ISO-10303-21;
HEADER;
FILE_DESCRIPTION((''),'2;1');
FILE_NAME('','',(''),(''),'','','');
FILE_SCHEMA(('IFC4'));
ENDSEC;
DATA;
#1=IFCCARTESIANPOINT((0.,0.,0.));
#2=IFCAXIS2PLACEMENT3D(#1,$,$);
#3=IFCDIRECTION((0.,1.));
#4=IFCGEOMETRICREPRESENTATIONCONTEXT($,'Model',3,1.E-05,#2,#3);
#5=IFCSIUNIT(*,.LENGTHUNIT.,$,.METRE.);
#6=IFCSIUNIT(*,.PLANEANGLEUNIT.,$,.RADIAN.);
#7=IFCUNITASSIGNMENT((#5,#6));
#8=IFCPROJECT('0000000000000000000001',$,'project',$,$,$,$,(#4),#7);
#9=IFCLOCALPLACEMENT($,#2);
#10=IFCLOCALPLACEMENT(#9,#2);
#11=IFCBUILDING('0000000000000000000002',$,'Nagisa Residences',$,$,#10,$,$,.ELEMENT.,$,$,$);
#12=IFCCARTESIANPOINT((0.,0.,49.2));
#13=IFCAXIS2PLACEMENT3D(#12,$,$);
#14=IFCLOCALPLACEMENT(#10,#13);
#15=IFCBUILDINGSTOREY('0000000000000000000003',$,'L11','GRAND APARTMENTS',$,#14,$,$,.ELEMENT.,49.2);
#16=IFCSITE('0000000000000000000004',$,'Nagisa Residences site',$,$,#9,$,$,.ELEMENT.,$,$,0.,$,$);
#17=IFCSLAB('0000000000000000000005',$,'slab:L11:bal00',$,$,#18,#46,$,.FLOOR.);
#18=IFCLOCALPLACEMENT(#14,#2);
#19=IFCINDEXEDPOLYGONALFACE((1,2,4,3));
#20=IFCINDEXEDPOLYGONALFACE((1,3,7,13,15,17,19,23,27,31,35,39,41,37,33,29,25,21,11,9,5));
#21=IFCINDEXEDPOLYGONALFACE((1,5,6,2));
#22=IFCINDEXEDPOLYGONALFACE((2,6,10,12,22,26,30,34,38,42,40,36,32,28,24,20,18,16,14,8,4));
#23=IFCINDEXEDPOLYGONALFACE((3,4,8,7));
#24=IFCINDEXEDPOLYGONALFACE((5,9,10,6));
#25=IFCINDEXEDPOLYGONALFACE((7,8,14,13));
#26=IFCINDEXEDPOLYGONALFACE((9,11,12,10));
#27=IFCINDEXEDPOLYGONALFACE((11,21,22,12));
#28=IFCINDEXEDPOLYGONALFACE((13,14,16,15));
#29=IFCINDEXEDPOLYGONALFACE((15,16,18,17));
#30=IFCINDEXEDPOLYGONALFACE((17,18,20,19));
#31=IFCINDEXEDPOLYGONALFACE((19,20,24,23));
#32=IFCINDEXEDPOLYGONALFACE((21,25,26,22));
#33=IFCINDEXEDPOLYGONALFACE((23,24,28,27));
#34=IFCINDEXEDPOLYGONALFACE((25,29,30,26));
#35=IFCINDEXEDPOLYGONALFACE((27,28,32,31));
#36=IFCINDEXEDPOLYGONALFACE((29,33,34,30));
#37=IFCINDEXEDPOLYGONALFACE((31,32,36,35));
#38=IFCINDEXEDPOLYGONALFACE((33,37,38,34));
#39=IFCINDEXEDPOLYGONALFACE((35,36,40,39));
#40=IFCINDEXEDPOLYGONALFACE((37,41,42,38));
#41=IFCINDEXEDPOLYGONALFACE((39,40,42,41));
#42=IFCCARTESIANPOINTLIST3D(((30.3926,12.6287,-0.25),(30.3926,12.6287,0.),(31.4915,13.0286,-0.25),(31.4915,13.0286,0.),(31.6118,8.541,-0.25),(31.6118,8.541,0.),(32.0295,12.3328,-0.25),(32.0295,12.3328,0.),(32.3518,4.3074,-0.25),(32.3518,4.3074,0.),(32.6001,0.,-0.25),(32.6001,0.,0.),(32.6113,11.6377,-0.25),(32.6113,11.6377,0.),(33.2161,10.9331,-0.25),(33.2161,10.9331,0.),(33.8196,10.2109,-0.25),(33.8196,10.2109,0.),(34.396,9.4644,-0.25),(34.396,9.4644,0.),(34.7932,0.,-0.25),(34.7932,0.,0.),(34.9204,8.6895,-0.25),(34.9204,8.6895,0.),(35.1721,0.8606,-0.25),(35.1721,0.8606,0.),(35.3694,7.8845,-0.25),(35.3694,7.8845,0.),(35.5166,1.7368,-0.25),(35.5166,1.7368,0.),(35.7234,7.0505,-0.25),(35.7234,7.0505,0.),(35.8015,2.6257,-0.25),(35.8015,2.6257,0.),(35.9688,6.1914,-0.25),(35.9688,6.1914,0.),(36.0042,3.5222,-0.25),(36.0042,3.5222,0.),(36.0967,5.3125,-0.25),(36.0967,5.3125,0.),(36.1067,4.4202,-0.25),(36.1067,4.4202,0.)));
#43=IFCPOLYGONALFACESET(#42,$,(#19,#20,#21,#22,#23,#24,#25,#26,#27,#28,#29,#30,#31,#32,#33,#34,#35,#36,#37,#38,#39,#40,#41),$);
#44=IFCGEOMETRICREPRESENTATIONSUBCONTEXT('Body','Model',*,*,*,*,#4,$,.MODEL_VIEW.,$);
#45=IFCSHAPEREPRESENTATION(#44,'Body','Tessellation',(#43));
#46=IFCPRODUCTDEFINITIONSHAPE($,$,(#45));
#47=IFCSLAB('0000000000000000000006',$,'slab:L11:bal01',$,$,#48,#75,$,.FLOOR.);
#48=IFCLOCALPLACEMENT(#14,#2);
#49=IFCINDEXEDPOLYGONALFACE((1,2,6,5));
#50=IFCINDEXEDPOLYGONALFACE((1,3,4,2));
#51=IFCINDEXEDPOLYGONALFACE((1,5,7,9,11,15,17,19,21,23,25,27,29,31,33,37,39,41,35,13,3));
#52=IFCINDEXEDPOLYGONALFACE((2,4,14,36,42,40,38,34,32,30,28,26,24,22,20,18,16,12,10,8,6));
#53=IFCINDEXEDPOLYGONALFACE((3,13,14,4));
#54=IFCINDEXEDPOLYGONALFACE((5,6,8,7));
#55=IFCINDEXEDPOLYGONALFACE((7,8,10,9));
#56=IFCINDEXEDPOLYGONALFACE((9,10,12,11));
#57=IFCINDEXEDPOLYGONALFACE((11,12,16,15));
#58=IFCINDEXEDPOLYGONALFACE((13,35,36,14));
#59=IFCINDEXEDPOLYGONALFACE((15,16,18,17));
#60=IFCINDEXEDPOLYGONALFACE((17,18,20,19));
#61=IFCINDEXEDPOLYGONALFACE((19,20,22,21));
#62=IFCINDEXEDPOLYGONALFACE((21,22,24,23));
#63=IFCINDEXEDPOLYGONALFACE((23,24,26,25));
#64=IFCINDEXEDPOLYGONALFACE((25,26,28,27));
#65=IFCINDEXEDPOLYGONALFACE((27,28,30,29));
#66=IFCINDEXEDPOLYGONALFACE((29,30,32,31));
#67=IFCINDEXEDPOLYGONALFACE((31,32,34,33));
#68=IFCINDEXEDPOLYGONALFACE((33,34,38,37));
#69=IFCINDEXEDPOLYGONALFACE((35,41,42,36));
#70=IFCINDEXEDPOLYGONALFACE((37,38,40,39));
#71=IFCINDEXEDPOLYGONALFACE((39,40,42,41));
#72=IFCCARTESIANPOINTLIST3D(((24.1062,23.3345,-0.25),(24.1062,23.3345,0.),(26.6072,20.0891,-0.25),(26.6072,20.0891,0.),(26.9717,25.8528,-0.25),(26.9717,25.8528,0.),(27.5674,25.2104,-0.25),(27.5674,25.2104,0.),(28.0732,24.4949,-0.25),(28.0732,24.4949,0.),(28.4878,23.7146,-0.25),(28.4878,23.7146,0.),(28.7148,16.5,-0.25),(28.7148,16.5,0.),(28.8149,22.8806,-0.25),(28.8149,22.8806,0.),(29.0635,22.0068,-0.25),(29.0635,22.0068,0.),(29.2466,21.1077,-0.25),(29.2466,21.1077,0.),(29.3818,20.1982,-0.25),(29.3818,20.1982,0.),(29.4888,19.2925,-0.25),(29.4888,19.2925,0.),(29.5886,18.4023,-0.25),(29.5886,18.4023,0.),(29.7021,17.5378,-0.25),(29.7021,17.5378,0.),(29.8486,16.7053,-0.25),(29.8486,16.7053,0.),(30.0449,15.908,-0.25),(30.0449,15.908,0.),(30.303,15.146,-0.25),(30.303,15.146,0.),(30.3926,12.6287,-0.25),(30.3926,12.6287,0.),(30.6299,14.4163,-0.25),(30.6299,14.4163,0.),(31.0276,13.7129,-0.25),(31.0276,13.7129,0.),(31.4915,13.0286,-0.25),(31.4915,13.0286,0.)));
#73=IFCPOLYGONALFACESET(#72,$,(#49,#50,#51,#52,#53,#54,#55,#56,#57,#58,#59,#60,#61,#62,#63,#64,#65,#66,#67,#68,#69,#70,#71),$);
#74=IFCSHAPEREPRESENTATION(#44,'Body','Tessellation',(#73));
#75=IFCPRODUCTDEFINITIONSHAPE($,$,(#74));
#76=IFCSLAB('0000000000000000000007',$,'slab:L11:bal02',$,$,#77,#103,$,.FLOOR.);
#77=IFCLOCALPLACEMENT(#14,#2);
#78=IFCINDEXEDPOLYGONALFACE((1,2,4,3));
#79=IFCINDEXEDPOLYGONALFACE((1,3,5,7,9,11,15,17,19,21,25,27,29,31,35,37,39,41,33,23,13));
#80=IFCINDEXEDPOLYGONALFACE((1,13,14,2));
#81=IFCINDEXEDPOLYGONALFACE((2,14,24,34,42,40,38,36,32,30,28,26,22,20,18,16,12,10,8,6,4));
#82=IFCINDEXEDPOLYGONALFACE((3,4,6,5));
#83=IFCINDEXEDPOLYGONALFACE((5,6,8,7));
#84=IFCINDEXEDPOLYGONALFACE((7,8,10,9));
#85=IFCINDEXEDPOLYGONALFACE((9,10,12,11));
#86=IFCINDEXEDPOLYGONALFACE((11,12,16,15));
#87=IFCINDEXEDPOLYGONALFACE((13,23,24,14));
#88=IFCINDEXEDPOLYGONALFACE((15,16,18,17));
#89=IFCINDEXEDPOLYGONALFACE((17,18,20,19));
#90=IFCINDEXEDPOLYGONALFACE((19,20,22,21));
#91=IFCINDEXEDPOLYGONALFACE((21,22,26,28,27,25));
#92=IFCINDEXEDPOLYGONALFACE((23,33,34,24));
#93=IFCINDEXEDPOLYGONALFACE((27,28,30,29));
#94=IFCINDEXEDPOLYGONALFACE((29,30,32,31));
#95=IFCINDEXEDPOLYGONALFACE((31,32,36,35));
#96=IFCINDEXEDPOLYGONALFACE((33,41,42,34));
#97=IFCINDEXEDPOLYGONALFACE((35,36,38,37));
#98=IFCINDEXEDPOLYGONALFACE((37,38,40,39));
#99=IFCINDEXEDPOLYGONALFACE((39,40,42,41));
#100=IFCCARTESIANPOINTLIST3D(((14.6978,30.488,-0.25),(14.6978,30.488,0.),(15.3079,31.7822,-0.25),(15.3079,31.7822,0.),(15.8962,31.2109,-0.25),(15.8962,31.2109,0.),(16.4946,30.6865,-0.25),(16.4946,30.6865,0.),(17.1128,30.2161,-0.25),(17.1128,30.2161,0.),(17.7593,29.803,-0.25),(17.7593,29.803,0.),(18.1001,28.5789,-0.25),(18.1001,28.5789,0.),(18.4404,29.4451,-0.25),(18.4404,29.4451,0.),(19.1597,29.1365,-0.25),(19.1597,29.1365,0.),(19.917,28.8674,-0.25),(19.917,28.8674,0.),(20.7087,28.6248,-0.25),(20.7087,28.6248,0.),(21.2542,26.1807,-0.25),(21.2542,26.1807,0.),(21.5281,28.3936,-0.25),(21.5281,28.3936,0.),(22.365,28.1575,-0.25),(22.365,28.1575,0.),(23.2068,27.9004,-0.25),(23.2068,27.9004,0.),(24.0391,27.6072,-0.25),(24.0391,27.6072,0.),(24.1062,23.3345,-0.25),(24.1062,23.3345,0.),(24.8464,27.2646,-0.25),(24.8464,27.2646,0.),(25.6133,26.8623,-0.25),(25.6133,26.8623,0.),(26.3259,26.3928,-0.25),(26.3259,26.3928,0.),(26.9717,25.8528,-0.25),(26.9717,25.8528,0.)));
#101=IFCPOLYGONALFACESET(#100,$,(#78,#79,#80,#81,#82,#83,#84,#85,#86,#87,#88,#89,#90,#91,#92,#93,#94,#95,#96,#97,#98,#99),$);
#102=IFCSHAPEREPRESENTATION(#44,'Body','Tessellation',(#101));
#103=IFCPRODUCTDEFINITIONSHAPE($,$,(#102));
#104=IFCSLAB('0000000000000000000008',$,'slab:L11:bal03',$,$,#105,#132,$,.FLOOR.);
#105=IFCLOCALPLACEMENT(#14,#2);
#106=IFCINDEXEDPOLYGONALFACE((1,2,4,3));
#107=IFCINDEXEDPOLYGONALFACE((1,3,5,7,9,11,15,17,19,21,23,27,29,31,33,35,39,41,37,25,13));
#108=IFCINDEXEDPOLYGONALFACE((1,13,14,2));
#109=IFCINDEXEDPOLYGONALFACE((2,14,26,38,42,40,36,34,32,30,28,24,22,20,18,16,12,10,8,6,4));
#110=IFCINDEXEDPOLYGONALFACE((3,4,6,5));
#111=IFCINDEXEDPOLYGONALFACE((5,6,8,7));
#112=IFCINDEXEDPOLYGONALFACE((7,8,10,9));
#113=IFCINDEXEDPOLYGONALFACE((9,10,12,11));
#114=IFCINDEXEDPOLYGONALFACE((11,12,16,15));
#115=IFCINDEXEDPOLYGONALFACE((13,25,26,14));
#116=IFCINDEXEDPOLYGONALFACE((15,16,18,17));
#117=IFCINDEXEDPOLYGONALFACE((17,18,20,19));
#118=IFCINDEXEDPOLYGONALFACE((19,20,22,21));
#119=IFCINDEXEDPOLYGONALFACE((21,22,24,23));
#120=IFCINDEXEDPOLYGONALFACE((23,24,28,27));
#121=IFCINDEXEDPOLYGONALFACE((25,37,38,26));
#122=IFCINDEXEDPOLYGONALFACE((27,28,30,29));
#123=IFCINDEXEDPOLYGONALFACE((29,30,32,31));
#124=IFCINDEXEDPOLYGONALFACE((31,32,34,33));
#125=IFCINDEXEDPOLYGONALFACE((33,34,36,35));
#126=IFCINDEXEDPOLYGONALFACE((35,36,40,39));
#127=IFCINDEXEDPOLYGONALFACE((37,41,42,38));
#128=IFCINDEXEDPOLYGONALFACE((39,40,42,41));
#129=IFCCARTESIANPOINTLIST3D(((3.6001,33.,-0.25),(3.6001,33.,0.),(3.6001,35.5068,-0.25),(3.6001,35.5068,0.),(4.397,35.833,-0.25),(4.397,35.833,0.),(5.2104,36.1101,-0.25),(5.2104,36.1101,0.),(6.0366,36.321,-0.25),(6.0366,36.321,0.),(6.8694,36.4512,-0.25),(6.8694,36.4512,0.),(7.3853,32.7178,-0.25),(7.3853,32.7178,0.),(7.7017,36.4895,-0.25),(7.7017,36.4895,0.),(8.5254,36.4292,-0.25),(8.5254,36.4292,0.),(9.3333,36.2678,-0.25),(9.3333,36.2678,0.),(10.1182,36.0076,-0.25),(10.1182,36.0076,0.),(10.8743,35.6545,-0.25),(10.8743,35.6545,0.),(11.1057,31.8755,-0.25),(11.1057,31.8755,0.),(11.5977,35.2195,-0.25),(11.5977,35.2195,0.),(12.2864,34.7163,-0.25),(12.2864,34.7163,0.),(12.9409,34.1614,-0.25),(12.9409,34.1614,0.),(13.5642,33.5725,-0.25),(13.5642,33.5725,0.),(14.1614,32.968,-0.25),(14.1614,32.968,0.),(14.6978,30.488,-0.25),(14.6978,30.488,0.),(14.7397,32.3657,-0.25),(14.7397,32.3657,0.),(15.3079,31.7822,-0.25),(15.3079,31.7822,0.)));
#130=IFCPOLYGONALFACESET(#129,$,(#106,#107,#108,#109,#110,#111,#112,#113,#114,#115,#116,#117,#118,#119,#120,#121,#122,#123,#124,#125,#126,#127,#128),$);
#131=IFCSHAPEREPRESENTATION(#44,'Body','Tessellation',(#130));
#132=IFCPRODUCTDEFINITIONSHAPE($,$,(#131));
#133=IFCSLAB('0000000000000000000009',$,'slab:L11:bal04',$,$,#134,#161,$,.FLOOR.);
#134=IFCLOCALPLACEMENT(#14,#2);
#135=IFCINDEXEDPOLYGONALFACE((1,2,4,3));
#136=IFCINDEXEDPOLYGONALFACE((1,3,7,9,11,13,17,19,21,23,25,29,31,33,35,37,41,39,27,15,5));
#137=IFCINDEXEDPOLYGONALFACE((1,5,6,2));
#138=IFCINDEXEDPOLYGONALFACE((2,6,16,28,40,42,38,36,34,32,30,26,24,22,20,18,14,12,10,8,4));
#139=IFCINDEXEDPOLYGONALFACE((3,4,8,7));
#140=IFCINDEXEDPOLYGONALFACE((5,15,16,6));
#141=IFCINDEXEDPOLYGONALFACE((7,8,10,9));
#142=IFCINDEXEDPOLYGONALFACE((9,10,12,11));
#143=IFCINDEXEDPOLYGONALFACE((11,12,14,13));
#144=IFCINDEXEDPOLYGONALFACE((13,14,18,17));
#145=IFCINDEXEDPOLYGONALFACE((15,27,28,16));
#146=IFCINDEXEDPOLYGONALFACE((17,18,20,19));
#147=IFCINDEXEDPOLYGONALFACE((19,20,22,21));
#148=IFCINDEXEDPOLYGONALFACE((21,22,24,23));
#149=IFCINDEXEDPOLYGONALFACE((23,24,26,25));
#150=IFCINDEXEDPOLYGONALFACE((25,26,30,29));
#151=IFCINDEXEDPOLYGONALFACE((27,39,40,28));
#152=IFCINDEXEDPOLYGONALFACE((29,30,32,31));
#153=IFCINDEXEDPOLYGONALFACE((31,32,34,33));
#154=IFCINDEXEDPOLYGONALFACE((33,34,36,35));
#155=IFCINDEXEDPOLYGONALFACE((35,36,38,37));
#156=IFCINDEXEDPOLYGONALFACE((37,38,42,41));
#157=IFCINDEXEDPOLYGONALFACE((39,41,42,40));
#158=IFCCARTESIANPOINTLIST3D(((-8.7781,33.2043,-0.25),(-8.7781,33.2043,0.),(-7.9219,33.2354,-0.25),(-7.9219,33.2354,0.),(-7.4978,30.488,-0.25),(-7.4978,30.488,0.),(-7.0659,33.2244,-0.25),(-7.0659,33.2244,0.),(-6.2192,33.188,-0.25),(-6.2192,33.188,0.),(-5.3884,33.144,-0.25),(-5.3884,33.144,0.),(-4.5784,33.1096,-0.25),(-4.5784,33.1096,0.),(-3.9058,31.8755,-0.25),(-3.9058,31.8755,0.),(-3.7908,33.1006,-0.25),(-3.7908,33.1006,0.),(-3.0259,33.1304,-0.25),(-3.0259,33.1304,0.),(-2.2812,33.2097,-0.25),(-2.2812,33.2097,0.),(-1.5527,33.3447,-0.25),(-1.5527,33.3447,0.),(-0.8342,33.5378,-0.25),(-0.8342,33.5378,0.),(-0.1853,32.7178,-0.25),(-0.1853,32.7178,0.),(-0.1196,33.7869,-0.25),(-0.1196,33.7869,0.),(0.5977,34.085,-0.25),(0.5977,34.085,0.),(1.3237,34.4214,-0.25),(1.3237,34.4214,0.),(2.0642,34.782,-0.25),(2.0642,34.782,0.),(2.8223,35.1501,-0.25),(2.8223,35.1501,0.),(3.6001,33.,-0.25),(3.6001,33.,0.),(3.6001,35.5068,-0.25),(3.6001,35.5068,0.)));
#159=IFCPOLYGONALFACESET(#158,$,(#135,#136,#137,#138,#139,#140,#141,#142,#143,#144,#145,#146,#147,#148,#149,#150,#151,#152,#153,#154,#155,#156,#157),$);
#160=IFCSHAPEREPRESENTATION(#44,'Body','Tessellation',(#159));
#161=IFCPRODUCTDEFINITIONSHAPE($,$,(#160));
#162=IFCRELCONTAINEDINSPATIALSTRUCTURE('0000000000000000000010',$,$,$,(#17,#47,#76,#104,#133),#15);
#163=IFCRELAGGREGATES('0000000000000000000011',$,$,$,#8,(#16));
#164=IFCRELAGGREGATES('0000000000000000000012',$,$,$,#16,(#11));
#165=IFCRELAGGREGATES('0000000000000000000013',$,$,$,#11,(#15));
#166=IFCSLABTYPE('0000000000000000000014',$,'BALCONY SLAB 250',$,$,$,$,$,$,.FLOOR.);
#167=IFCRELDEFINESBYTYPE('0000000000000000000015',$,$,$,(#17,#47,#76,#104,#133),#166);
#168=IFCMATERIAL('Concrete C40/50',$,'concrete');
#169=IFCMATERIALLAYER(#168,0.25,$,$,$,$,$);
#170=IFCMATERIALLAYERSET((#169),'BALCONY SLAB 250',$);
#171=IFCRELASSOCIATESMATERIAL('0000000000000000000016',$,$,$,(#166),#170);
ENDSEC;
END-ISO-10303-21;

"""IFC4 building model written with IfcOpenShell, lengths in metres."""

from ifc_helpers import new_model, si_unit, direction, frame, origin, place, context, subcontext, project, spatial, polyline, outline, extrude, material, layer, layer_set, type_object, element, save


model = new_model("IFC4")

# Units and contexts
model_context = context("Model", 3, precision=1e-05, world=origin(), true_north=direction((0.0, 1.0)))
body_context = subcontext(model_context, "Body", "Model", "MODEL_VIEW")
ifc_project = project(units=[si_unit("LENGTHUNIT", "METRE"), si_unit("PLANEANGLEUNIT", "RADIAN")], contexts=[model_context])

# Site, building, storey
site_placement = place(None, origin())
site = spatial("IfcSite", under=ifc_project, at=site_placement, Name="Nagisa Residences site", CompositionType="ELEMENT", RefElevation=0.0)
building_placement = place(site_placement, origin())
building = spatial("IfcBuilding", under=site, at=building_placement, Name="Nagisa Residences", CompositionType="ELEMENT")
storey_placement = place(building_placement, frame((0.0, 0.0, 49.2)))
storey = spatial("IfcBuildingStorey", under=building, at=storey_placement, Name="L11", Description="GRAND APARTMENTS", CompositionType="ELEMENT", Elevation=49.2)

# Slabs
ifc_material_1 = material(Name="Concrete C40/50", Category="concrete")
ifc_layer_1 = layer(ifc_material_1, 0.25)
ifc_layer_set_1 = layer_set([ifc_layer_1], Name="BALCONY SLAB 250")
slab_type_1 = type_object("IfcSlabType", Name="BALCONY SLAB 250", PredefinedType="FLOOR", material=ifc_layer_set_1)
slab_1_placement = place(storey_placement, frame((0.0, 0.0, -0.25)))
element("IfcSlab", 1, at=slab_1_placement, inside=storey, type_object=slab_type_1, Name="slab:L11:bal00", PredefinedType="FLOOR", context=body_context, shape_type="SweptSolid", body=[
    extrude(outline(polyline([(34.7932, 0.0), (35.1721, 0.8606), (35.5166, 1.7368), (35.8015, 2.6257), (36.0042, 3.5222), (36.1067, 4.4202), (36.0967, 5.3125), (35.9688, 6.1914), (35.7234, 7.0505), (35.3694, 7.8845), (34.9204, 8.6895), (34.396, 9.4644), (33.8196, 10.2109), (33.2161, 10.9331), (32.6113, 11.6377), (32.0295, 12.3328), (31.4915, 13.0286), (30.3926, 12.6287), (31.6118, 8.541), (32.3518, 4.3074), (32.6001, 0.0), (34.7932, 0.0)])), origin(), (0.0, 0.0, 1.0), 0.25),
])
slab_2_placement = place(storey_placement, frame((0.0, 0.0, -0.25)))
element("IfcSlab", 2, at=slab_2_placement, inside=storey, type_object=slab_type_1, Name="slab:L11:bal01", PredefinedType="FLOOR", context=body_context, shape_type="SweptSolid", body=[
    extrude(outline(polyline([(31.4915, 13.0286), (31.0276, 13.7129), (30.6299, 14.4163), (30.303, 15.146), (30.0449, 15.908), (29.8486, 16.7053), (29.7021, 17.5378), (29.5886, 18.4023), (29.4888, 19.2925), (29.3818, 20.1982), (29.2466, 21.1077), (29.0635, 22.0068), (28.8149, 22.8806), (28.4878, 23.7146), (28.0732, 24.4949), (27.5674, 25.2104), (26.9717, 25.8528), (24.1062, 23.3345), (26.6072, 20.0891), (28.7148, 16.5), (30.3926, 12.6287), (31.4915, 13.0286)])), origin(), (0.0, 0.0, 1.0), 0.25),
])
slab_3_placement = place(storey_placement, frame((0.0, 0.0, -0.25)))
element("IfcSlab", 3, at=slab_3_placement, inside=storey, type_object=slab_type_1, Name="slab:L11:bal02", PredefinedType="FLOOR", context=body_context, shape_type="SweptSolid", body=[
    extrude(outline(polyline([(26.9717, 25.8528), (26.3259, 26.3928), (25.6133, 26.8623), (24.8464, 27.2646), (24.0391, 27.6072), (23.2068, 27.9004), (22.365, 28.1575), (21.5281, 28.3936), (20.7087, 28.6248), (19.917, 28.8674), (19.1597, 29.1365), (18.4404, 29.4451), (17.7593, 29.803), (17.1128, 30.2161), (16.4946, 30.6865), (15.8962, 31.2109), (15.3079, 31.7822), (14.6978, 30.488), (18.1001, 28.5789), (21.2542, 26.1807), (24.1062, 23.3345), (26.9717, 25.8528)])), origin(), (0.0, 0.0, 1.0), 0.25),
])
slab_4_placement = place(storey_placement, frame((0.0, 0.0, -0.25)))
element("IfcSlab", 4, at=slab_4_placement, inside=storey, type_object=slab_type_1, Name="slab:L11:bal03", PredefinedType="FLOOR", context=body_context, shape_type="SweptSolid", body=[
    extrude(outline(polyline([(15.3079, 31.7822), (14.7397, 32.3657), (14.1614, 32.968), (13.5642, 33.5725), (12.9409, 34.1614), (12.2864, 34.7163), (11.5977, 35.2195), (10.8743, 35.6545), (10.1182, 36.0076), (9.3333, 36.2678), (8.5254, 36.4292), (7.7017, 36.4895), (6.8694, 36.4512), (6.0366, 36.321), (5.2104, 36.1101), (4.397, 35.833), (3.6001, 35.5068), (3.6001, 33.0), (7.3853, 32.7178), (11.1057, 31.8755), (14.6978, 30.488), (15.3079, 31.7822)])), origin(), (0.0, 0.0, 1.0), 0.25),
])
slab_5_placement = place(storey_placement, frame((0.0, 0.0, -0.25)))
element("IfcSlab", 5, at=slab_5_placement, inside=storey, type_object=slab_type_1, Name="slab:L11:bal04", PredefinedType="FLOOR", context=body_context, shape_type="SweptSolid", body=[
    extrude(outline(polyline([(3.6001, 35.5068), (2.8223, 35.1501), (2.0642, 34.782), (1.3237, 34.4214), (0.5977, 34.085), (-0.1196, 33.7869), (-0.8342, 33.5378), (-1.5527, 33.3447), (-2.2812, 33.2097), (-3.0259, 33.1304), (-3.7908, 33.1006), (-4.5784, 33.1096), (-5.3884, 33.144), (-6.2192, 33.188), (-7.0659, 33.2244), (-7.9219, 33.2354), (-8.7781, 33.2043), (-7.4978, 30.488), (-3.9058, 31.8755), (-0.1853, 32.7178), (3.6001, 33.0), (3.6001, 35.5068)])), origin(), (0.0, 0.0, 1.0), 0.25),
])

save(model, "model.ifc")
